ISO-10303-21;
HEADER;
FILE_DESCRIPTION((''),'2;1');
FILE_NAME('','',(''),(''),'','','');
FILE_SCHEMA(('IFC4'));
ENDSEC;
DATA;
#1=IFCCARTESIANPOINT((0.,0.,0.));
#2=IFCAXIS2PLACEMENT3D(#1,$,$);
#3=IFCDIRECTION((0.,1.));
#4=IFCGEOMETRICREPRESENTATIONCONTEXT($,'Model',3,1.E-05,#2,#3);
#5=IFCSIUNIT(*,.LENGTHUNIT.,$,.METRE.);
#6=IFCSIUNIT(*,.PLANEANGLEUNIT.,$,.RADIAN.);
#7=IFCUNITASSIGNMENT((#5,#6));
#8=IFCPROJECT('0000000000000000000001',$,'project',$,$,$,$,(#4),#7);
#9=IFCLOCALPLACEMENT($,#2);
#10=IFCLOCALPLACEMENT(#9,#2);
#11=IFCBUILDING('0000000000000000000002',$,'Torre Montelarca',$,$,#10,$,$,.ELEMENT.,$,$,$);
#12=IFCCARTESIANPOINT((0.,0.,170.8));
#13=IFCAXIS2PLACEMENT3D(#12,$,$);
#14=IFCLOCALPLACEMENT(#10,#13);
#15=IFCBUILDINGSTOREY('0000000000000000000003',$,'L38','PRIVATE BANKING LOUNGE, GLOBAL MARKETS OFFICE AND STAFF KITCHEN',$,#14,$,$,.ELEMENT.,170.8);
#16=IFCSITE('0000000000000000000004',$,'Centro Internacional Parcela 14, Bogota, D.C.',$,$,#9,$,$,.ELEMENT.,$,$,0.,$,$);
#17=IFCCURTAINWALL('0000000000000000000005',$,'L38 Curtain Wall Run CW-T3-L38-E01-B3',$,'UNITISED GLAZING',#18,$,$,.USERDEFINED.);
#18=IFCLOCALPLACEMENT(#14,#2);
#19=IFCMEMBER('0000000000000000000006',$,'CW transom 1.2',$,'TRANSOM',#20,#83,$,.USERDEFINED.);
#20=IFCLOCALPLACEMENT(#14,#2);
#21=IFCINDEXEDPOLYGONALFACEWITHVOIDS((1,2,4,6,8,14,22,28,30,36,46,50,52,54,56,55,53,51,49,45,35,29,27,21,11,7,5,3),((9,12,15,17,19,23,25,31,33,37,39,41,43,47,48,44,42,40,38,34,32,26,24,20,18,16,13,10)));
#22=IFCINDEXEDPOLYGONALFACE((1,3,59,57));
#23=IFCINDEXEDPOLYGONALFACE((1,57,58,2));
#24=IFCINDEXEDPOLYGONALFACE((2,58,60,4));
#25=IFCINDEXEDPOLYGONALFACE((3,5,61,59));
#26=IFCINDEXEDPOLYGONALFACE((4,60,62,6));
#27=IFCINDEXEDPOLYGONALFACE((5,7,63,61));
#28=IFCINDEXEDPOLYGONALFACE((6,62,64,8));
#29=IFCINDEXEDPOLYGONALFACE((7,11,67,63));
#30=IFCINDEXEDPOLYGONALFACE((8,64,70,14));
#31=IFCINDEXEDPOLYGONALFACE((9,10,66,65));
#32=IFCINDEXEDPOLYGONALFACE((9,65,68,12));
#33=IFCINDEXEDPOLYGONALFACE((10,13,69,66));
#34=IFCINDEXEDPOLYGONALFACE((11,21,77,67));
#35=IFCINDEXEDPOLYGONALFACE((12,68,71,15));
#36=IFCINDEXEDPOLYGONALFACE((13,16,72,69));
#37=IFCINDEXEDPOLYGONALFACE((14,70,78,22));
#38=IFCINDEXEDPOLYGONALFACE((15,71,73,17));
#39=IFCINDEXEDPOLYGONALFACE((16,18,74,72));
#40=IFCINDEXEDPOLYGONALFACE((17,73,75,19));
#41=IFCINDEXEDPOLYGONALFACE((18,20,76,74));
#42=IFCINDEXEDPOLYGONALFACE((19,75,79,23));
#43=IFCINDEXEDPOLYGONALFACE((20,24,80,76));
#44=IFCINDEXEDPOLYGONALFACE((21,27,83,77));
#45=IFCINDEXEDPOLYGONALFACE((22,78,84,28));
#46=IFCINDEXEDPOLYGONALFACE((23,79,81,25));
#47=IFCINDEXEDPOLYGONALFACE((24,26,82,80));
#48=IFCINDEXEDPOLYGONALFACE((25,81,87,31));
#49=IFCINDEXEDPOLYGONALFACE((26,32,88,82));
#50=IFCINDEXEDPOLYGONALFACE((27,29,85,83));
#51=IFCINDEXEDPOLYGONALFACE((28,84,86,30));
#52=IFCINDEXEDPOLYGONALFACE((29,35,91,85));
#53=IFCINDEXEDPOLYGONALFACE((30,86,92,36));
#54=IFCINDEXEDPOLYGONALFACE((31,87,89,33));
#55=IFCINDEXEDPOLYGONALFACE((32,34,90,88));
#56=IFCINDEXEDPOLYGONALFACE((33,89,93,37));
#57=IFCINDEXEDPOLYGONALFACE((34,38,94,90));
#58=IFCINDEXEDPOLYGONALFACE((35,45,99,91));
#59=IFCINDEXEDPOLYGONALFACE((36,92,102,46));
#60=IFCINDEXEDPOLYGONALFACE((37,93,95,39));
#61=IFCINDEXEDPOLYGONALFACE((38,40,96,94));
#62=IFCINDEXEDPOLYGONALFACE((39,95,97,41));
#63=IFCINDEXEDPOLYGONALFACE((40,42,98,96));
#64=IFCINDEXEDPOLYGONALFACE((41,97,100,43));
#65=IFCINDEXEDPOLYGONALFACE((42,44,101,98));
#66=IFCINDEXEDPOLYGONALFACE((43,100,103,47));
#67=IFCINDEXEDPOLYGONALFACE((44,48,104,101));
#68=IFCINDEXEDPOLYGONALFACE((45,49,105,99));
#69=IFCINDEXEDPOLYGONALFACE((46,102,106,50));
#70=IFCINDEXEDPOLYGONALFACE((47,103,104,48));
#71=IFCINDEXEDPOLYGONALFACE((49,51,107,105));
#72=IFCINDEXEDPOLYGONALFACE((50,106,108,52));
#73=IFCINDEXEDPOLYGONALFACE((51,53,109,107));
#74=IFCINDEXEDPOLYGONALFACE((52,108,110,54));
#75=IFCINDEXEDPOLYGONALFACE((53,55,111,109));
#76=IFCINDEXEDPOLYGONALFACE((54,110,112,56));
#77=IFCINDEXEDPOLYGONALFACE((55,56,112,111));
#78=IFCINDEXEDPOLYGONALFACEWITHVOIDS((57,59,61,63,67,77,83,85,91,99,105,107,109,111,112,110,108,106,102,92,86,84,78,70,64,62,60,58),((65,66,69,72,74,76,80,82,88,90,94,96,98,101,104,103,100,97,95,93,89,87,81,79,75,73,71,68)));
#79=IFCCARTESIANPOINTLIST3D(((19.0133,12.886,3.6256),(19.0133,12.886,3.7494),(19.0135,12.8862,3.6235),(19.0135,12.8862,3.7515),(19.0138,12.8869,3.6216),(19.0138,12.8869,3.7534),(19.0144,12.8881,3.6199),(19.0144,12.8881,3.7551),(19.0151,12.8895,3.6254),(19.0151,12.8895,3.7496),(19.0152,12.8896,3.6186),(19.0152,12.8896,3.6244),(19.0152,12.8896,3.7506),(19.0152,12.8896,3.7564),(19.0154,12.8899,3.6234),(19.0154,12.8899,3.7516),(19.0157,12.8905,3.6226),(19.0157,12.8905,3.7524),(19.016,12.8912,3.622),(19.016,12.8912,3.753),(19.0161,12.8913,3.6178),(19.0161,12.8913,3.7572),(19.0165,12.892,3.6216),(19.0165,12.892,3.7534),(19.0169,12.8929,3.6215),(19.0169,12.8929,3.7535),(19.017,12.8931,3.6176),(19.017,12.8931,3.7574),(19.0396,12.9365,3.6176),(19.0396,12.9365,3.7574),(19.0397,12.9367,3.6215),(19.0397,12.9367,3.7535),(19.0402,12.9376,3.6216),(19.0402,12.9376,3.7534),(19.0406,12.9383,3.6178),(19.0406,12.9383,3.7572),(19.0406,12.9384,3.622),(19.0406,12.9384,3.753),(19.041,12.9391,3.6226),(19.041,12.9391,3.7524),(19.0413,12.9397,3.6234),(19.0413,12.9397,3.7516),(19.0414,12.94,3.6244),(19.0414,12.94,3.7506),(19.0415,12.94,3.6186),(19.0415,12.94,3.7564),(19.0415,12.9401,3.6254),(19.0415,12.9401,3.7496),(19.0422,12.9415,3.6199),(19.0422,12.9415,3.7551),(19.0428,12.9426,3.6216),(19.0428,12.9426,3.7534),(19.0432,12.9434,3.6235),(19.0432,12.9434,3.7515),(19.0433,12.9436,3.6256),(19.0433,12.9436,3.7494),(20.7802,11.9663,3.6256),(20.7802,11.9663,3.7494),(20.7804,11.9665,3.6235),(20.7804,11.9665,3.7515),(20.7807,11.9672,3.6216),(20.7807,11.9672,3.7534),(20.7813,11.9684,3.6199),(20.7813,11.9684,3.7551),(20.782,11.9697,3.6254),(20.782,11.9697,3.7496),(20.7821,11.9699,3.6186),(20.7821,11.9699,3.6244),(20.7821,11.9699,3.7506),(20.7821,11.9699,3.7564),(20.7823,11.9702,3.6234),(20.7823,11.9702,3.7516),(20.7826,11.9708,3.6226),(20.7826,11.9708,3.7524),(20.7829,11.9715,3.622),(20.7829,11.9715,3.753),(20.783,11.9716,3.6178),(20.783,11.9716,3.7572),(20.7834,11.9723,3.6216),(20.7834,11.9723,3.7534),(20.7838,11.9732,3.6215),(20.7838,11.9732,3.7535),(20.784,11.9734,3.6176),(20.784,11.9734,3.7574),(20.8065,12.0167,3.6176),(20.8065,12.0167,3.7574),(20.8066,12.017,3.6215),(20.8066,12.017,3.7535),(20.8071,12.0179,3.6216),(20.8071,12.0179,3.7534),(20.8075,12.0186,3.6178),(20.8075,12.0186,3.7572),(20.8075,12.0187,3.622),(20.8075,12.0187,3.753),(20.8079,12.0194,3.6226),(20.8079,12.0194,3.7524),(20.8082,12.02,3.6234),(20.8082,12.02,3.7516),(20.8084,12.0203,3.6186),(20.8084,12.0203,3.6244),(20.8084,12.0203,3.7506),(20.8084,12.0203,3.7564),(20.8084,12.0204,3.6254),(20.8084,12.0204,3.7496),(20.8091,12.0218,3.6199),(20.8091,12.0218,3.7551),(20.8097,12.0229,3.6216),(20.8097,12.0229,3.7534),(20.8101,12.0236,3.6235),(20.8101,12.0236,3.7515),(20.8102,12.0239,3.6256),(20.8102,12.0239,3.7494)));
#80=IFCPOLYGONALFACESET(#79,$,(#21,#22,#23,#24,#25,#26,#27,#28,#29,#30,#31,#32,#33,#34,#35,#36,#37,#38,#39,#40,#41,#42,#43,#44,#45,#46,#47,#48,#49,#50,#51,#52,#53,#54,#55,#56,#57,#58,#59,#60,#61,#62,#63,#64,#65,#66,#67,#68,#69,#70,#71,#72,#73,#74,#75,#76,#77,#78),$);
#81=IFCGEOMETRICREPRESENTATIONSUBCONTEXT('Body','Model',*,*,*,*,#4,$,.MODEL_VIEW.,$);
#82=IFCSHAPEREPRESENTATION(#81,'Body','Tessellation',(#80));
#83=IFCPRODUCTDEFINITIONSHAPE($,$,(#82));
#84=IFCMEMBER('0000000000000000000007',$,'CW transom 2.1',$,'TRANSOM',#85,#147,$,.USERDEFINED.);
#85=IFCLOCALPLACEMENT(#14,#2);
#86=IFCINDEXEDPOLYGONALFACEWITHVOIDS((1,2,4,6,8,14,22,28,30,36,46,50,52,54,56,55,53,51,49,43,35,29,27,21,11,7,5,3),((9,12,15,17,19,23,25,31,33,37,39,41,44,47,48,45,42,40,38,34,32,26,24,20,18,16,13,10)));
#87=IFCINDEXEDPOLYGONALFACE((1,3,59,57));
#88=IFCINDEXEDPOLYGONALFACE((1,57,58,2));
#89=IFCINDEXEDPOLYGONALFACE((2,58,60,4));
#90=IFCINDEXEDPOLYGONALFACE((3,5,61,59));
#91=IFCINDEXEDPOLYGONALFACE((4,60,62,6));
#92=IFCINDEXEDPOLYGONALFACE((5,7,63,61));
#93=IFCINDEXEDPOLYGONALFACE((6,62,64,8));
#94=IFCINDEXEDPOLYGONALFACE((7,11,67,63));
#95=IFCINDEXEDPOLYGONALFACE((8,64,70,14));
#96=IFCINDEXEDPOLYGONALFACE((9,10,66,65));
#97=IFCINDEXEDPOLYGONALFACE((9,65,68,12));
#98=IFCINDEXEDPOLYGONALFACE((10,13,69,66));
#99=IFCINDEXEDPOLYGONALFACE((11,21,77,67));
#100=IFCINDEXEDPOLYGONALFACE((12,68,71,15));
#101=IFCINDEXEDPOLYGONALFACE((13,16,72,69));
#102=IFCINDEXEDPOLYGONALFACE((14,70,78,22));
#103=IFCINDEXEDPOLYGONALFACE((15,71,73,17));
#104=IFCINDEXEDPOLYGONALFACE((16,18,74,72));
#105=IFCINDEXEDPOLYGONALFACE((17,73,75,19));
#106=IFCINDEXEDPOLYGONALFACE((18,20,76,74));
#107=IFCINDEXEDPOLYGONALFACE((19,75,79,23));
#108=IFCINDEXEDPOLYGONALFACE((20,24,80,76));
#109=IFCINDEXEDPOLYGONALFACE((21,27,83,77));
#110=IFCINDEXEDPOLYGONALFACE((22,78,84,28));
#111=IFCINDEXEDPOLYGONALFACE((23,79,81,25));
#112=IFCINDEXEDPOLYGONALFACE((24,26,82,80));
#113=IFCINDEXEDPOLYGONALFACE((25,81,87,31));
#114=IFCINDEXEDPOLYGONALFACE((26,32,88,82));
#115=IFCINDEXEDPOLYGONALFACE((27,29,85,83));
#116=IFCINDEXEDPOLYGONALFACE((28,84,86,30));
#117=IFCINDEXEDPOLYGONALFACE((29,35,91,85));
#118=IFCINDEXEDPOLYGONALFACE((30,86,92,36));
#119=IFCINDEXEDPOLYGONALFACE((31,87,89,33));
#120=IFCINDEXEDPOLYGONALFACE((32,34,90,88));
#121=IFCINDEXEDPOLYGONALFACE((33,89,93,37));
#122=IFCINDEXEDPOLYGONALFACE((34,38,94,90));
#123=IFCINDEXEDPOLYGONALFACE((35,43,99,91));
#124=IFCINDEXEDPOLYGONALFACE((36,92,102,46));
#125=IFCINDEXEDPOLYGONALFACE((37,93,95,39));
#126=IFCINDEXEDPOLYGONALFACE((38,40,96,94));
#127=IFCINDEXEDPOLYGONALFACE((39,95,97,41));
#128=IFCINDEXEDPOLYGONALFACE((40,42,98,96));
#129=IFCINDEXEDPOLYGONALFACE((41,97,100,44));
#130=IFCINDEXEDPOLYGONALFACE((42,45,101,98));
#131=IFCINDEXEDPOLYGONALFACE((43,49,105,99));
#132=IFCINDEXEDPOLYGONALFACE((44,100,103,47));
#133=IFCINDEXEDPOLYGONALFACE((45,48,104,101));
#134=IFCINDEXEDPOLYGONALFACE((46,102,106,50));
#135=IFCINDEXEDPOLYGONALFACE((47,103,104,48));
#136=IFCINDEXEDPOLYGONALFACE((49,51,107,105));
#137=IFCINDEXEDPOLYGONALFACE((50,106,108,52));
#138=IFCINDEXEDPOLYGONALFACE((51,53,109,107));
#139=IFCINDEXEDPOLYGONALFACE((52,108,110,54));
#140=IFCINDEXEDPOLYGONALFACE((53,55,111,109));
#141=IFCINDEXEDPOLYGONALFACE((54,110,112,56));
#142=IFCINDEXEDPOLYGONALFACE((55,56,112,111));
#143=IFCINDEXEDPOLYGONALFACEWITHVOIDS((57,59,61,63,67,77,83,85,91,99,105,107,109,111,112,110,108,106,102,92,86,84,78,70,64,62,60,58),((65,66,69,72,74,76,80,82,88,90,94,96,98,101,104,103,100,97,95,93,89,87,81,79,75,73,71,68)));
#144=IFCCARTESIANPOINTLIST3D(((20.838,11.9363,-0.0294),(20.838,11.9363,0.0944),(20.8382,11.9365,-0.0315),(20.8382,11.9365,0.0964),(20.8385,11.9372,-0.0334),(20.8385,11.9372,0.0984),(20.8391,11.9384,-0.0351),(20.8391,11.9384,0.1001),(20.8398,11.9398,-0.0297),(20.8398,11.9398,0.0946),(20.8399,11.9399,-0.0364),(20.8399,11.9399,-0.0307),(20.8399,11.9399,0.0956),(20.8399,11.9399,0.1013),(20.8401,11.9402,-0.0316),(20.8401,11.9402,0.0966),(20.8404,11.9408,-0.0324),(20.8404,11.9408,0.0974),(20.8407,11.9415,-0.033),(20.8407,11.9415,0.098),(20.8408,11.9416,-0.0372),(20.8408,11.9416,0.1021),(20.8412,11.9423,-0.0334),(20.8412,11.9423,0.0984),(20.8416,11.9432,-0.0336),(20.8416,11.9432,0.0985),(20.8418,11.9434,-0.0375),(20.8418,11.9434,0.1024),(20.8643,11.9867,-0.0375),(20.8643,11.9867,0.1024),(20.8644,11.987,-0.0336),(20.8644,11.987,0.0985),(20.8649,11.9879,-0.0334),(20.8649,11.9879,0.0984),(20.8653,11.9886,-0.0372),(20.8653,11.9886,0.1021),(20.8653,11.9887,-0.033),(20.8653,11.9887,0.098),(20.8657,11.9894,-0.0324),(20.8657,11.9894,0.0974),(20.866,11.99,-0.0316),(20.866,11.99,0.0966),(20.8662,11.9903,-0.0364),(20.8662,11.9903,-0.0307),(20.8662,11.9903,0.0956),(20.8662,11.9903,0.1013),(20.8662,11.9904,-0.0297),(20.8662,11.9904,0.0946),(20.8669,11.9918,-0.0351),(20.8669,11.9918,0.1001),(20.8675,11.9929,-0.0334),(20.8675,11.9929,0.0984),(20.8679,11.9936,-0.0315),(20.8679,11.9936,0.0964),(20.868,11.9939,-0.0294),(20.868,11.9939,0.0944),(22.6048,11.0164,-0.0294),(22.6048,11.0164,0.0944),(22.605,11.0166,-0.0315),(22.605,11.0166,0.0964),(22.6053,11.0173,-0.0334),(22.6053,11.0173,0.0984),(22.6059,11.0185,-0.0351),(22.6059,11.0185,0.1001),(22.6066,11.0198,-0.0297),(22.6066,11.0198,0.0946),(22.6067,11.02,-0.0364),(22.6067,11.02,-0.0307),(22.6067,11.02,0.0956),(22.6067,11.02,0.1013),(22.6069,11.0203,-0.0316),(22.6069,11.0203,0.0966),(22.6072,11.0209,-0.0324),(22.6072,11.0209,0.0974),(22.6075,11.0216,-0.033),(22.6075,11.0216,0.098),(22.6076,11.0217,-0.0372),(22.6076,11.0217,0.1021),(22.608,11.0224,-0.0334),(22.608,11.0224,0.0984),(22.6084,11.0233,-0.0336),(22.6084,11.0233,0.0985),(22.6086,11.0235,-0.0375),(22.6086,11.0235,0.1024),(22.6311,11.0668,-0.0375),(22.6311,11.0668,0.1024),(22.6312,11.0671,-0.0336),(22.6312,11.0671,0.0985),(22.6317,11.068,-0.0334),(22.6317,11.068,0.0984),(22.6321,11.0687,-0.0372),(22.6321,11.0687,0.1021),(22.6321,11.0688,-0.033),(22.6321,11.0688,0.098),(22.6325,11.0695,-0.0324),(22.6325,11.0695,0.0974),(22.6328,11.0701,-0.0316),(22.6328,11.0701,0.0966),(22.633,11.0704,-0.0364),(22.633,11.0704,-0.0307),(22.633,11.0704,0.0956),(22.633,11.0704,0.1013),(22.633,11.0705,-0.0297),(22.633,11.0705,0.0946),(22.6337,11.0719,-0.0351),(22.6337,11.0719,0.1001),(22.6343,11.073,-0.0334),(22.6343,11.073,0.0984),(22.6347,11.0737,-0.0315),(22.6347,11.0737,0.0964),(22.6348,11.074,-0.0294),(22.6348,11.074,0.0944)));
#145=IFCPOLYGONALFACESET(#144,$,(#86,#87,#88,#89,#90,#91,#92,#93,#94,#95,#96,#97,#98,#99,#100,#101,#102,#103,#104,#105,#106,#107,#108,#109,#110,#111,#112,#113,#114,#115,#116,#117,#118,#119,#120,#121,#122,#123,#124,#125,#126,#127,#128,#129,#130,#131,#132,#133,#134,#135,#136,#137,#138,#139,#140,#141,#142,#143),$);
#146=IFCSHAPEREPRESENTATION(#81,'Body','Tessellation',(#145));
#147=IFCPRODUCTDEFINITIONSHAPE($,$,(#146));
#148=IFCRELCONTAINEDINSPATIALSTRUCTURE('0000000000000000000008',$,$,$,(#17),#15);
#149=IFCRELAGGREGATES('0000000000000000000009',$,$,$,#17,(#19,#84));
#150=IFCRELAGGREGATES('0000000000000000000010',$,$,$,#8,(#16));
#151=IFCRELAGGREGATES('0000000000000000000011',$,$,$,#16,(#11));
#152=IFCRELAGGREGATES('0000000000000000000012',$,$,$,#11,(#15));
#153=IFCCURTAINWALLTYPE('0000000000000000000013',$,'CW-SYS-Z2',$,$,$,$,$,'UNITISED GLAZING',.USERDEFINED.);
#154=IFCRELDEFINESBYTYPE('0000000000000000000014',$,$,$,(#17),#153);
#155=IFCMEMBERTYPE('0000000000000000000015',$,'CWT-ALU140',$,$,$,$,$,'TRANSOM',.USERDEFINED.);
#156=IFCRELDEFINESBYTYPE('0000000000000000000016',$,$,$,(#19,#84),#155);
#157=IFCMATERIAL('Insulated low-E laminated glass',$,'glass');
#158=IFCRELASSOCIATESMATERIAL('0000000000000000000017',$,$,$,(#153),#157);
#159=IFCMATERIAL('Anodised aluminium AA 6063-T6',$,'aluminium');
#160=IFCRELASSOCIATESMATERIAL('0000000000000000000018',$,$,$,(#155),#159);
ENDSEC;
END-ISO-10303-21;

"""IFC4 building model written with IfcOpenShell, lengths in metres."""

from ifc_helpers import new_model, si_unit, direction, frame, origin, origin_2d, place, context, subcontext, project, spatial, hollow_rectangle, extrude, source, transform, mapped, material, material_profile, profile_set, type_object, element, aggregate, save


model = new_model("IFC4")

# Units and contexts
model_context = context("Model", 3, precision=1e-05, world=origin(), true_north=direction((0.0, 1.0)))
body_context = subcontext(model_context, "Body", "Model", "MODEL_VIEW")
ifc_project = project(units=[si_unit("LENGTHUNIT", "METRE"), si_unit("PLANEANGLEUNIT", "RADIAN")], contexts=[model_context])

# Site, building, storey
site_placement = place(None, origin())
site = spatial("IfcSite", under=ifc_project, at=site_placement, Name="Centro Internacional Parcela 14, Bogota, D.C.", CompositionType="ELEMENT", RefElevation=0.0)
building_placement = place(site_placement, origin())
building = spatial("IfcBuilding", under=site, at=building_placement, Name="Torre Montelarca", CompositionType="ELEMENT")
storey_placement = place(building_placement, frame((0.0, 0.0, 170.8)))
storey = spatial("IfcBuildingStorey", under=building, at=storey_placement, Name="L38", Description="PRIVATE BANKING LOUNGE, GLOBAL MARKETS OFFICE AND STAFF KITCHEN", CompositionType="ELEMENT", Elevation=170.8)

# Curtain wall, members
ifc_material_1 = material(Name="Insulated low-E laminated glass", Category="glass")
curtain_wall_type = type_object("IfcCurtainWallType", Name="CW-SYS-Z2", ElementType="UNITISED GLAZING", PredefinedType="USERDEFINED", material=ifc_material_1)
ifc_material_2 = material(Name="Anodised aluminium AA 6063-T6", Category="aluminium")
curtain_wall_1_placement = place(storey_placement, origin())
curtain_wall_1 = element("IfcCurtainWall", 1, at=curtain_wall_1_placement, inside=storey, type_object=curtain_wall_type, Name="L38 Curtain Wall Run CW-T3-L38-E01-B3", ObjectType="UNITISED GLAZING", PredefinedType="USERDEFINED")
ifc_material_profile_1 = material_profile(ifc_material_2, hollow_rectangle(XDim=0.0649, YDim=0.1399, WallThickness=0.0039, InnerFilletRadius=0.0039, OuterFilletRadius=0.0081, at=origin_2d()), Name="ALU65X140X4", Category="aluminium")
ifc_profile_set_1 = profile_set([ifc_material_profile_1], Name="Anodised aluminium AA 6063-T6")
member_type_1 = type_object("IfcMemberType", Name="CWT-ALU140", ElementType="TRANSOM", PredefinedType="USERDEFINED", material=ifc_profile_set_1)
shared_shape_1 = source(origin(), body_context, "Body", "SweptSolid", [
    extrude(hollow_rectangle(XDim=0.0649, YDim=0.1399, WallThickness=0.0039, InnerFilletRadius=0.0039, OuterFilletRadius=0.0081, at=origin_2d()), origin(), (0.0, 0.0, 1.0), 1.9919),
])
member_1_placement = place(storey_placement, frame((19.0283, 12.9148, 3.6875), z_axis=(0.887028, -0.461715, 0.0), x_axis=(0.461715, 0.887028, 0.0)))
member_1 = element("IfcMember", 2, at=member_1_placement, type_object=member_type_1, Name="CW transom 1.2", ObjectType="TRANSOM", PredefinedType="USERDEFINED", context=body_context, shape_type="MappedRepresentation", body=[
    mapped(shared_shape_1, transform((0.0, 0.0, 0.0), scale=1.0)),
])
member_2_placement = place(storey_placement, frame((20.853, 11.9651, 0.0325), z_axis=(0.886978, -0.461812, 0.0), x_axis=(0.461812, 0.886978, 0.0)))
member_2 = element("IfcMember", 3, at=member_2_placement, type_object=member_type_1, Name="CW transom 2.1", ObjectType="TRANSOM", PredefinedType="USERDEFINED", context=body_context, shape_type="MappedRepresentation", body=[
    mapped(shared_shape_1, transform((0.0, 0.0, 0.0), scale=1.0)),
])

aggregate(curtain_wall_1, [member_1, member_2])

save(model, "model.ifc")
